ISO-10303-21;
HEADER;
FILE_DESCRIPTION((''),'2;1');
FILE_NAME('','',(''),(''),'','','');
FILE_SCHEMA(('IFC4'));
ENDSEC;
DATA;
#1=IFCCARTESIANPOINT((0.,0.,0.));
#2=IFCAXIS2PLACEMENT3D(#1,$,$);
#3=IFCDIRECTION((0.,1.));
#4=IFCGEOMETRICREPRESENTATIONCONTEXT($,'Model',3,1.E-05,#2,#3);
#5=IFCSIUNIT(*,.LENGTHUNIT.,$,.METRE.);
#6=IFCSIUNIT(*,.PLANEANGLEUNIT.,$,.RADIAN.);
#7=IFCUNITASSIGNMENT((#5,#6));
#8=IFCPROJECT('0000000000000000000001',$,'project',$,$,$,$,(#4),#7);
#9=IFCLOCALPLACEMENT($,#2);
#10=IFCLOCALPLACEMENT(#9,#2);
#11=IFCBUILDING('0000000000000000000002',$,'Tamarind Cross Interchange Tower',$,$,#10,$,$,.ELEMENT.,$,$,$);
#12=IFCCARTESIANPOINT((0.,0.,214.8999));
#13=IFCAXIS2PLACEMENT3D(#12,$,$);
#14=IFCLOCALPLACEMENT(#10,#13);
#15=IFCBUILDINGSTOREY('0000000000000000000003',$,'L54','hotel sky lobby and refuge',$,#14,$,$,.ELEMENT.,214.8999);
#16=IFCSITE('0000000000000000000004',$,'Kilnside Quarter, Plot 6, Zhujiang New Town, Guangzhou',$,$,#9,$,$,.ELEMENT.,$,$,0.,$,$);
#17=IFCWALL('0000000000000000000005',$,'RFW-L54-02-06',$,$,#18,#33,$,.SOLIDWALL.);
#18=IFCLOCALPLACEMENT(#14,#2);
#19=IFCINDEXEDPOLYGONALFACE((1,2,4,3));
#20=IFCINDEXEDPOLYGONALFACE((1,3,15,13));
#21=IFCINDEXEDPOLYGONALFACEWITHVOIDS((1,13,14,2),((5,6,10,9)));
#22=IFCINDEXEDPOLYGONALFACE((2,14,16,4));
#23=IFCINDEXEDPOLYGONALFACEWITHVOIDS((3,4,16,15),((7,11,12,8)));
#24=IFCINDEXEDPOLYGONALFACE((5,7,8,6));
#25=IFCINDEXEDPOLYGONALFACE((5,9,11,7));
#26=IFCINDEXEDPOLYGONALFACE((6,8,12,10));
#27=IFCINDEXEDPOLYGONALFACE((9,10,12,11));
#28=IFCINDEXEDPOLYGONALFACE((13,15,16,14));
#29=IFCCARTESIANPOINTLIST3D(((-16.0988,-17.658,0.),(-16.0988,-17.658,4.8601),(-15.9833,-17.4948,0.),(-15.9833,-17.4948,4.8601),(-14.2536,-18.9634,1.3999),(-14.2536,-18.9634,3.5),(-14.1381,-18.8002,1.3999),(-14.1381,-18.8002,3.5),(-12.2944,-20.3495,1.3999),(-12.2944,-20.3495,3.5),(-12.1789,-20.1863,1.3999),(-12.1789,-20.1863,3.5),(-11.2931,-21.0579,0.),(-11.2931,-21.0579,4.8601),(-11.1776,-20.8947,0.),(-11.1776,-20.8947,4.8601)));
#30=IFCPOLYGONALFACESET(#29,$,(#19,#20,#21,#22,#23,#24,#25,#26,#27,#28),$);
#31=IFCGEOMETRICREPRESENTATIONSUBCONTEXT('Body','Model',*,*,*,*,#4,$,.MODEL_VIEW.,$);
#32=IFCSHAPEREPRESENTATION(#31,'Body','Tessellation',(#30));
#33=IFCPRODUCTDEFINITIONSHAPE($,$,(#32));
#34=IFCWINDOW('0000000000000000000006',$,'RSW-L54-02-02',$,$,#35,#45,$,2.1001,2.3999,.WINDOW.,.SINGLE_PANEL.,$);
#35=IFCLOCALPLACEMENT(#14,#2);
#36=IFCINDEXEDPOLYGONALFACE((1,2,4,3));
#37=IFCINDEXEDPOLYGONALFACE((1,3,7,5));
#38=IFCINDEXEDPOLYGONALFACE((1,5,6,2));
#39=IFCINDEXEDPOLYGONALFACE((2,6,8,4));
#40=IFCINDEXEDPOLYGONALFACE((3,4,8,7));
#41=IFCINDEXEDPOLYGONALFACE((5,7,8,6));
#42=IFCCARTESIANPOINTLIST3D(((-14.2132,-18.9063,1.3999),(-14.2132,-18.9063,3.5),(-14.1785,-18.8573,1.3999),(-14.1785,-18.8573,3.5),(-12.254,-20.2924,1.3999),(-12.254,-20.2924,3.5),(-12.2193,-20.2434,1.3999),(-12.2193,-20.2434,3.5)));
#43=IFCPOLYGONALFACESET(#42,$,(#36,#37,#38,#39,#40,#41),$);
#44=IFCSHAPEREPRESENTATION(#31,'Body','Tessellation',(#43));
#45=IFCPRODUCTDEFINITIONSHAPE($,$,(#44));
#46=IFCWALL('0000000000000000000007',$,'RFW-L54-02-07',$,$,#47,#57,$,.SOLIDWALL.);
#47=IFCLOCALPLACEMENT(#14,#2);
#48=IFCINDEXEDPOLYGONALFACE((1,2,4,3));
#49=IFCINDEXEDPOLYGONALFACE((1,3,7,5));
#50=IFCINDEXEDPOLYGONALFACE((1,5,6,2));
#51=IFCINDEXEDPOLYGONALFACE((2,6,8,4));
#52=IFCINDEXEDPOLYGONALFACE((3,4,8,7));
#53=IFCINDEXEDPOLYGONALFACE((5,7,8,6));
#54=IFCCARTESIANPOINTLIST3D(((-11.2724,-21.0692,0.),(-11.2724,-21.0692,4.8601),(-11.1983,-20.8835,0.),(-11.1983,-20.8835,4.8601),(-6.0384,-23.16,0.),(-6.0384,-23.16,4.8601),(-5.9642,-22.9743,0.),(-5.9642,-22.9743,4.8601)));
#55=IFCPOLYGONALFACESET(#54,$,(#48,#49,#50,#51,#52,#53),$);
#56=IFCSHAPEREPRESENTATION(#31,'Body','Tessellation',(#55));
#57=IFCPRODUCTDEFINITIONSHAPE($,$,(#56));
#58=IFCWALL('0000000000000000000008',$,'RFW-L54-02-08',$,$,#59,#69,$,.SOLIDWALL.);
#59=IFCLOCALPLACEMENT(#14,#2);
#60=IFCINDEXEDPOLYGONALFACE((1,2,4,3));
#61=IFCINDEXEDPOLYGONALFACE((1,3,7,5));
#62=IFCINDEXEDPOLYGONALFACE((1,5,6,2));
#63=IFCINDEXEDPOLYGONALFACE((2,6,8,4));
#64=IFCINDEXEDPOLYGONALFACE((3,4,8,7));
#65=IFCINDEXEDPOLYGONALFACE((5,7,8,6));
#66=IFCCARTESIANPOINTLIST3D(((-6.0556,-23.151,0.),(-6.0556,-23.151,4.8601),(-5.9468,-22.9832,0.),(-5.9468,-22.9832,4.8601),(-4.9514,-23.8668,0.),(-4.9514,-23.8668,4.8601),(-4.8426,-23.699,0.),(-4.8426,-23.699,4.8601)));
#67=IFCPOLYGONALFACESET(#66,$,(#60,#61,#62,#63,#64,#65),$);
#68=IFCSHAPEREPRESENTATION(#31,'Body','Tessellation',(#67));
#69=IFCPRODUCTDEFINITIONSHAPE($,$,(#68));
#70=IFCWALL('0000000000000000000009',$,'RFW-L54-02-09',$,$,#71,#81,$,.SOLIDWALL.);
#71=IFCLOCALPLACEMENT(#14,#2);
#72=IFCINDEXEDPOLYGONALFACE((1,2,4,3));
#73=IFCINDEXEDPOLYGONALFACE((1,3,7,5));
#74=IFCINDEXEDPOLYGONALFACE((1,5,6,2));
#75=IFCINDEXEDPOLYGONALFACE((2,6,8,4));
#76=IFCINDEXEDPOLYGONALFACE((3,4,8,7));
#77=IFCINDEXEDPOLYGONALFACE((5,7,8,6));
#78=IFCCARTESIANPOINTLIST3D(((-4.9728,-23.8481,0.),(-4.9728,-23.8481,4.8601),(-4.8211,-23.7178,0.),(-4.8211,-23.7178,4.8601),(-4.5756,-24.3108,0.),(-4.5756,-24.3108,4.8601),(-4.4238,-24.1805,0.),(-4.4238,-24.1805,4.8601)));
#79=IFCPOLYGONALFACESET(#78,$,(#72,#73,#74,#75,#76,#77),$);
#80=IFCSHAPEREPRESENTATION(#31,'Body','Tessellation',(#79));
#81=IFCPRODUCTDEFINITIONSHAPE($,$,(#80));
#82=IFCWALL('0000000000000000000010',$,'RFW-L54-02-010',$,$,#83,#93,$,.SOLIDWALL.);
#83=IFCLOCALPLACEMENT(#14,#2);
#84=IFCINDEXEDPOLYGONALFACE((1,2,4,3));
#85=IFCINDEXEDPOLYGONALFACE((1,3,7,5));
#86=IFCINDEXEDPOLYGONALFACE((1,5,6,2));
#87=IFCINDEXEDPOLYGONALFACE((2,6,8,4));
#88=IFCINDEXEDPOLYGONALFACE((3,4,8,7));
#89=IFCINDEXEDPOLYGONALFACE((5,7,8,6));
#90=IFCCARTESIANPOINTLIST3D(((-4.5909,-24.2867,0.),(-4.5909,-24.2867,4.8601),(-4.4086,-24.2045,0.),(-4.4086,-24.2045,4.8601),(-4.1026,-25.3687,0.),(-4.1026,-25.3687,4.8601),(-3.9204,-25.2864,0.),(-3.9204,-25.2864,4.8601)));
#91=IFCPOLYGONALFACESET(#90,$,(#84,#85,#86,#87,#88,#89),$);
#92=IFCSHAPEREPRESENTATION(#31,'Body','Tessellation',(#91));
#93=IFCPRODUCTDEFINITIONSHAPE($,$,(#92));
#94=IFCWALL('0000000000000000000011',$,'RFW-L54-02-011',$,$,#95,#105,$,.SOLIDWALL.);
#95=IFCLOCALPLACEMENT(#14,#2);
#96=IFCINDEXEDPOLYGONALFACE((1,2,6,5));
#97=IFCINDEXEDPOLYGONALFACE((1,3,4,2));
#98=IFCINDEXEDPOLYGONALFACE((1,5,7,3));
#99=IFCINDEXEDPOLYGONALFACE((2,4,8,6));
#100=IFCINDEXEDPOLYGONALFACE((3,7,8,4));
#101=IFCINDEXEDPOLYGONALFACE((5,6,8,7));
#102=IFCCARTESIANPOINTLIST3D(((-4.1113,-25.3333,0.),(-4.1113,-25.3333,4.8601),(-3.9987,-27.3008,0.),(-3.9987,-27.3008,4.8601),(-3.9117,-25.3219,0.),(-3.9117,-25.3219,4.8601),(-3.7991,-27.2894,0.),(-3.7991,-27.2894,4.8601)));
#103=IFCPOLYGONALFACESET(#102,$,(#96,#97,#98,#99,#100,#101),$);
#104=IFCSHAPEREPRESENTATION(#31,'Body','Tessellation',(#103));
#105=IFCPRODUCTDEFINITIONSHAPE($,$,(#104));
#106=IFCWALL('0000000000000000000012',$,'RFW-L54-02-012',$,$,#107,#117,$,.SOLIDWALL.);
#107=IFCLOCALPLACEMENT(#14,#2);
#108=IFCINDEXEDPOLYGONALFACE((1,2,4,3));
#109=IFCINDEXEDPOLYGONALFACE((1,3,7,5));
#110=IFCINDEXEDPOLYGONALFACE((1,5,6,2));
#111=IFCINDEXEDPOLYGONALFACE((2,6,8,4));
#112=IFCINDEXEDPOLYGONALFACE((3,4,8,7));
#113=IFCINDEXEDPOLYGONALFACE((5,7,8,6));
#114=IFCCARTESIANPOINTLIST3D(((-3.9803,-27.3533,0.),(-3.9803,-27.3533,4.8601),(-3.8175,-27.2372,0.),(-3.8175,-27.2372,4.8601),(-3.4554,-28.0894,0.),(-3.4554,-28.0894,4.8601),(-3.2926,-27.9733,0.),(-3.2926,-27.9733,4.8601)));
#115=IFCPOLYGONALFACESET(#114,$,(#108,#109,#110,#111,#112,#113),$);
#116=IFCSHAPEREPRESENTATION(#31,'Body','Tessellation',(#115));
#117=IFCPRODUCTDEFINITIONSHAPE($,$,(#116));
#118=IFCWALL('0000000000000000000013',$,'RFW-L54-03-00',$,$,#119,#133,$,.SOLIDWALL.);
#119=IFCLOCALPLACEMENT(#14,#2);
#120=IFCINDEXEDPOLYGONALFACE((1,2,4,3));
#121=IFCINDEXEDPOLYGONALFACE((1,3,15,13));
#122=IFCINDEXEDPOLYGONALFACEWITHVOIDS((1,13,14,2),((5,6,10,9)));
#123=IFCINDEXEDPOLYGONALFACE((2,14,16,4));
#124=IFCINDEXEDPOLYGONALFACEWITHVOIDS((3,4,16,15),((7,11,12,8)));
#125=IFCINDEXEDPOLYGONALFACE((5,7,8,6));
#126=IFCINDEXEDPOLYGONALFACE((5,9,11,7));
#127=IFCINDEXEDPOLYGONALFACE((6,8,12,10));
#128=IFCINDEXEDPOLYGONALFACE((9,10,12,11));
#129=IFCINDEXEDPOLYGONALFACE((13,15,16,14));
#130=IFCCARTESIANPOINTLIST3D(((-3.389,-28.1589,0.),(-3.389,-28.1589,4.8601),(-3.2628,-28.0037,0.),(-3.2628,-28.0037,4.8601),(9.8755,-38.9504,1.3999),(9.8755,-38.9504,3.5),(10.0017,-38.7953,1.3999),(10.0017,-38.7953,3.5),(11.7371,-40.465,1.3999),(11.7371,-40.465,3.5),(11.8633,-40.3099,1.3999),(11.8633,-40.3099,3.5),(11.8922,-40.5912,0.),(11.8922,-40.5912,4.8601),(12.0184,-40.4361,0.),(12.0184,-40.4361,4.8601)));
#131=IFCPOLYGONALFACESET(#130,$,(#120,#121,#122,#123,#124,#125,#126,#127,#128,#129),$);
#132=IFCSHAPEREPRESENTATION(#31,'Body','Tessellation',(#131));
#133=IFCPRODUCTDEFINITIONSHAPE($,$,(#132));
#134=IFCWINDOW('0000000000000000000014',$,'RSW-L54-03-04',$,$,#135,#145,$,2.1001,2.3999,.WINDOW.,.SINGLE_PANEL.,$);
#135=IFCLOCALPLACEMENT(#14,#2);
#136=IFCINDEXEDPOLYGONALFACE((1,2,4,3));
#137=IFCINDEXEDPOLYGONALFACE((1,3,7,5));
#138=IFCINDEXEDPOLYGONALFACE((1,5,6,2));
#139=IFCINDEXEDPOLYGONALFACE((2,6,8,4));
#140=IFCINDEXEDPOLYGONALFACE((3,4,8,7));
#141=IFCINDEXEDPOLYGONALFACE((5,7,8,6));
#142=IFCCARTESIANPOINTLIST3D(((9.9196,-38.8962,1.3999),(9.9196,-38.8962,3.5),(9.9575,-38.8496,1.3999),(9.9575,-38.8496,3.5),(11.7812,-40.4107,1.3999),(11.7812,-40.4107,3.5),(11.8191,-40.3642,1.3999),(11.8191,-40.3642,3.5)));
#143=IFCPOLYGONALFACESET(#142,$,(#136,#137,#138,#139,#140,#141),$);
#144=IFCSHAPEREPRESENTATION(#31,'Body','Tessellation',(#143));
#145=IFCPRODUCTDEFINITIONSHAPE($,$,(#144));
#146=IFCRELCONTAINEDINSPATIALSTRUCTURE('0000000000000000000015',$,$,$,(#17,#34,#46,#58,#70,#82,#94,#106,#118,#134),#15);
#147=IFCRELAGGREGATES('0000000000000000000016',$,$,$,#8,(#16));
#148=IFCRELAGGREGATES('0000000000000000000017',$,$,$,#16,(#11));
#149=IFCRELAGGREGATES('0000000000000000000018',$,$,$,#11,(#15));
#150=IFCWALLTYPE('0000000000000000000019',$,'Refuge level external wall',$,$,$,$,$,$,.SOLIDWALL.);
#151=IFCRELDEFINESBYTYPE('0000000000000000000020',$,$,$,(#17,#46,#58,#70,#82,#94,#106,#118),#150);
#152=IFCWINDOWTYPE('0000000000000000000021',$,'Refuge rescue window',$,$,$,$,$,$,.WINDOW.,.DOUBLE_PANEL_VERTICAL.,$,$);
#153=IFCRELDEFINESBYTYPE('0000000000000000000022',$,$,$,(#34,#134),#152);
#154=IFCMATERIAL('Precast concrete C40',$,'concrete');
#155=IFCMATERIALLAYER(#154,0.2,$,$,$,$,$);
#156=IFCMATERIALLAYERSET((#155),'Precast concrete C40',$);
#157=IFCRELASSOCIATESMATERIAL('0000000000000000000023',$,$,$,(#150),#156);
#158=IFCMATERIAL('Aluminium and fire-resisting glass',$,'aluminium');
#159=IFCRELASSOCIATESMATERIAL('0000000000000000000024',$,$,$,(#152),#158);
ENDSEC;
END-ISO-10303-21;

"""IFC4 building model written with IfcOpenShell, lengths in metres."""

from ifc_helpers import new_model, si_unit, direction, frame, frame_2d, origin, place, context, subcontext, project, spatial, rectangle, extrude, material, layer, layer_set, type_object, element, fill, save


model = new_model("IFC4")

# Units and contexts
model_context = context("Model", 3, precision=1e-05, world=origin(), true_north=direction((0.0, 1.0)))
body_context = subcontext(model_context, "Body", "Model", "MODEL_VIEW")
ifc_project = project(units=[si_unit("LENGTHUNIT", "METRE"), si_unit("PLANEANGLEUNIT", "RADIAN")], contexts=[model_context])

# Site, building, storey
site_placement = place(None, origin())
site = spatial("IfcSite", under=ifc_project, at=site_placement, Name="Kilnside Quarter, Plot 6, Zhujiang New Town, Guangzhou", CompositionType="ELEMENT", RefElevation=0.0)
building_placement = place(site_placement, origin())
building = spatial("IfcBuilding", under=site, at=building_placement, Name="Tamarind Cross Interchange Tower", CompositionType="ELEMENT")
storey_placement = place(building_placement, frame((0.0, 0.0, 214.8999)))
storey = spatial("IfcBuildingStorey", under=building, at=storey_placement, Name="L54", Description="hotel sky lobby and refuge", CompositionType="ELEMENT", Elevation=214.8999)

# Wall, opening, window
ifc_material_1 = material(Name="Precast concrete C40", Category="concrete")
ifc_layer_1 = layer(ifc_material_1, 0.2)
ifc_layer_set_1 = layer_set([ifc_layer_1], Name="Precast concrete C40")
wall_type_1 = type_object("IfcWallType", Name="Refuge level external wall", PredefinedType="SOLIDWALL", material=ifc_layer_set_1)
wall_1_placement = place(storey_placement, frame((-16.041, -17.5764, 0.0), z_axis=(0.0, 0.0, 1.0), x_axis=(0.816354, -0.577552, 0.0)))
wall_1 = element("IfcWall", 1, at=wall_1_placement, inside=storey, type_object=wall_type_1, Name="RFW-L54-02-06", PredefinedType="SOLIDWALL", context=body_context, shape_type="SweptSolid", body=[
    extrude(rectangle(XDim=5.8867, YDim=0.2, at=frame_2d((2.9434, 0.0))), origin(), (0.0, 0.0, 1.0), 4.8601),
])
opening_1_placement = place(wall_1_placement, frame((2.2603, 0.0, 1.3999)))
opening_1 = element("IfcOpeningElement", 2, at=opening_1_placement, cuts=wall_1, PredefinedType="OPENING", context=body_context, shape_type="SweptSolid", body=[
    extrude(rectangle(XDim=2.3999, YDim=2.1001, at=frame_2d((1.2, 1.05))), frame((0.0, 0.1099, 0.0), z_axis=(0.0, -1.0, 0.0), x_axis=(1.0, 0.0, 0.0)), (0.0, 0.0, 1.0), 0.22),
])
ifc_material_2 = material(Name="Aluminium and fire-resisting glass", Category="aluminium")
window_type = type_object("IfcWindowType", Name="Refuge rescue window", PartitioningType="DOUBLE_PANEL_VERTICAL", PredefinedType="WINDOW", material=ifc_material_2)
window_1_placement = place(opening_1_placement, origin())
window_1 = element("IfcWindow", 3, at=window_1_placement, inside=storey, type_object=window_type, Name="RSW-L54-02-02", OverallHeight=2.1001, OverallWidth=2.3999, PartitioningType="SINGLE_PANEL", PredefinedType="WINDOW", context=body_context, shape_type="SweptSolid", body=[
    extrude(rectangle(XDim=2.3999, YDim=2.1001, at=frame_2d((1.2, 1.05))), frame((0.0, 0.03, 0.0), z_axis=(0.0, -1.0, 0.0), x_axis=(1.0, 0.0, 0.0)), (0.0, 0.0, 1.0), 0.0601),
])
fill(opening_1, window_1)

# Walls
wall_2_placement = place(storey_placement, frame((-11.2354, -20.9763, 0.0), z_axis=(0.0, 0.0, 1.0), x_axis=(0.92865, -0.370957, 0.0)))
element("IfcWall", 4, at=wall_2_placement, inside=storey, type_object=wall_type_1, Name="RFW-L54-02-07", PredefinedType="SOLIDWALL", context=body_context, shape_type="SweptSolid", body=[
    extrude(rectangle(XDim=5.6362, YDim=0.2, at=frame_2d((2.8181, 0.0))), origin(), (0.0, 0.0, 1.0), 4.8601),
])
wall_3_placement = place(storey_placement, frame((-6.0012, -23.0671, 0.0), z_axis=(0.0, 0.0, 1.0), x_axis=(0.839117, -0.543951, 0.0)))
element("IfcWall", 5, at=wall_3_placement, inside=storey, type_object=wall_type_1, Name="RFW-L54-02-08", PredefinedType="SOLIDWALL", context=body_context, shape_type="SweptSolid", body=[
    extrude(rectangle(XDim=1.3159, YDim=0.2, at=frame_2d((0.658, 0.0))), origin(), (0.0, 0.0, 1.0), 4.8601),
])
wall_4_placement = place(storey_placement, frame((-4.897, -23.783, 0.0), z_axis=(0.0, 0.0, 1.0), x_axis=(0.651418, -0.758719, 0.0)))
element("IfcWall", 6, at=wall_4_placement, inside=storey, type_object=wall_type_1, Name="RFW-L54-02-09", PredefinedType="SOLIDWALL", context=body_context, shape_type="SweptSolid", body=[
    extrude(rectangle(XDim=0.6099, YDim=0.2, at=frame_2d((0.3049, 0.0))), origin(), (0.0, 0.0, 1.0), 4.8601),
])
wall_5_placement = place(storey_placement, frame((-4.4998, -24.2456, 0.0), z_axis=(0.0, 0.0, 1.0), x_axis=(0.411322, -0.91149, 0.0)))
element("IfcWall", 7, at=wall_5_placement, inside=storey, type_object=wall_type_1, Name="RFW-L54-02-010", PredefinedType="SOLIDWALL", context=body_context, shape_type="SweptSolid", body=[
    extrude(rectangle(XDim=1.187, YDim=0.2, at=frame_2d((0.5935, 0.0))), origin(), (0.0, 0.0, 1.0), 4.8601),
])
wall_6_placement = place(storey_placement, frame((-4.0115, -25.3276, 0.0), z_axis=(0.0, 0.0, 1.0), x_axis=(0.05711, -0.998368, 0.0)))
element("IfcWall", 8, at=wall_6_placement, inside=storey, type_object=wall_type_1, Name="RFW-L54-02-011", PredefinedType="SOLIDWALL", context=body_context, shape_type="SweptSolid", body=[
    extrude(rectangle(XDim=1.9707, YDim=0.2, at=frame_2d((0.9854, 0.0))), origin(), (0.0, 0.0, 1.0), 4.8601),
])
wall_7_placement = place(storey_placement, frame((-3.8989, -27.2952, 0.0), z_axis=(0.0, 0.0, 1.0), x_axis=(0.580599, -0.814189, 0.0)))
element("IfcWall", 9, at=wall_7_placement, inside=storey, type_object=wall_type_1, Name="RFW-L54-02-012", PredefinedType="SOLIDWALL", context=body_context, shape_type="SweptSolid", body=[
    extrude(rectangle(XDim=0.9041, YDim=0.2, at=frame_2d((0.4521, 0.0))), origin(), (0.0, 0.0, 1.0), 4.8601),
])

# Wall, opening, window
wall_8_placement = place(storey_placement, frame((-3.3259, -28.0813, 0.0), z_axis=(0.0, 0.0, 1.0), x_axis=(0.775707, -0.631093, 0.0)))
wall_8 = element("IfcWall", 10, at=wall_8_placement, inside=storey, type_object=wall_type_1, Name="RFW-L54-03-00", PredefinedType="SOLIDWALL", context=body_context, shape_type="SweptSolid", body=[
    extrude(rectangle(XDim=19.6997, YDim=0.2, at=frame_2d((9.8499, 0.0))), origin(), (0.0, 0.0, 1.0), 4.8601),
])
opening_2_placement = place(wall_8_placement, frame((17.0999, 0.0, 1.3999)))
opening_2 = element("IfcOpeningElement", 11, at=opening_2_placement, cuts=wall_8, PredefinedType="OPENING", context=body_context, shape_type="SweptSolid", body=[
    extrude(rectangle(XDim=2.3999, YDim=2.1001, at=frame_2d((1.2, 1.05))), frame((0.0, 0.1099, 0.0), z_axis=(0.0, -1.0, 0.0), x_axis=(1.0, 0.0, 0.0)), (0.0, 0.0, 1.0), 0.22),
])
window_2_placement = place(opening_2_placement, origin())
window_2 = element("IfcWindow", 12, at=window_2_placement, inside=storey, type_object=window_type, Name="RSW-L54-03-04", OverallHeight=2.1001, OverallWidth=2.3999, PartitioningType="SINGLE_PANEL", PredefinedType="WINDOW", context=body_context, shape_type="SweptSolid", body=[
    extrude(rectangle(XDim=2.3999, YDim=2.1001, at=frame_2d((1.2, 1.05))), frame((0.0, 0.03, 0.0), z_axis=(0.0, -1.0, 0.0), x_axis=(1.0, 0.0, 0.0)), (0.0, 0.0, 1.0), 0.0601),
])
fill(opening_2, window_2)

save(model, "model.ifc")
